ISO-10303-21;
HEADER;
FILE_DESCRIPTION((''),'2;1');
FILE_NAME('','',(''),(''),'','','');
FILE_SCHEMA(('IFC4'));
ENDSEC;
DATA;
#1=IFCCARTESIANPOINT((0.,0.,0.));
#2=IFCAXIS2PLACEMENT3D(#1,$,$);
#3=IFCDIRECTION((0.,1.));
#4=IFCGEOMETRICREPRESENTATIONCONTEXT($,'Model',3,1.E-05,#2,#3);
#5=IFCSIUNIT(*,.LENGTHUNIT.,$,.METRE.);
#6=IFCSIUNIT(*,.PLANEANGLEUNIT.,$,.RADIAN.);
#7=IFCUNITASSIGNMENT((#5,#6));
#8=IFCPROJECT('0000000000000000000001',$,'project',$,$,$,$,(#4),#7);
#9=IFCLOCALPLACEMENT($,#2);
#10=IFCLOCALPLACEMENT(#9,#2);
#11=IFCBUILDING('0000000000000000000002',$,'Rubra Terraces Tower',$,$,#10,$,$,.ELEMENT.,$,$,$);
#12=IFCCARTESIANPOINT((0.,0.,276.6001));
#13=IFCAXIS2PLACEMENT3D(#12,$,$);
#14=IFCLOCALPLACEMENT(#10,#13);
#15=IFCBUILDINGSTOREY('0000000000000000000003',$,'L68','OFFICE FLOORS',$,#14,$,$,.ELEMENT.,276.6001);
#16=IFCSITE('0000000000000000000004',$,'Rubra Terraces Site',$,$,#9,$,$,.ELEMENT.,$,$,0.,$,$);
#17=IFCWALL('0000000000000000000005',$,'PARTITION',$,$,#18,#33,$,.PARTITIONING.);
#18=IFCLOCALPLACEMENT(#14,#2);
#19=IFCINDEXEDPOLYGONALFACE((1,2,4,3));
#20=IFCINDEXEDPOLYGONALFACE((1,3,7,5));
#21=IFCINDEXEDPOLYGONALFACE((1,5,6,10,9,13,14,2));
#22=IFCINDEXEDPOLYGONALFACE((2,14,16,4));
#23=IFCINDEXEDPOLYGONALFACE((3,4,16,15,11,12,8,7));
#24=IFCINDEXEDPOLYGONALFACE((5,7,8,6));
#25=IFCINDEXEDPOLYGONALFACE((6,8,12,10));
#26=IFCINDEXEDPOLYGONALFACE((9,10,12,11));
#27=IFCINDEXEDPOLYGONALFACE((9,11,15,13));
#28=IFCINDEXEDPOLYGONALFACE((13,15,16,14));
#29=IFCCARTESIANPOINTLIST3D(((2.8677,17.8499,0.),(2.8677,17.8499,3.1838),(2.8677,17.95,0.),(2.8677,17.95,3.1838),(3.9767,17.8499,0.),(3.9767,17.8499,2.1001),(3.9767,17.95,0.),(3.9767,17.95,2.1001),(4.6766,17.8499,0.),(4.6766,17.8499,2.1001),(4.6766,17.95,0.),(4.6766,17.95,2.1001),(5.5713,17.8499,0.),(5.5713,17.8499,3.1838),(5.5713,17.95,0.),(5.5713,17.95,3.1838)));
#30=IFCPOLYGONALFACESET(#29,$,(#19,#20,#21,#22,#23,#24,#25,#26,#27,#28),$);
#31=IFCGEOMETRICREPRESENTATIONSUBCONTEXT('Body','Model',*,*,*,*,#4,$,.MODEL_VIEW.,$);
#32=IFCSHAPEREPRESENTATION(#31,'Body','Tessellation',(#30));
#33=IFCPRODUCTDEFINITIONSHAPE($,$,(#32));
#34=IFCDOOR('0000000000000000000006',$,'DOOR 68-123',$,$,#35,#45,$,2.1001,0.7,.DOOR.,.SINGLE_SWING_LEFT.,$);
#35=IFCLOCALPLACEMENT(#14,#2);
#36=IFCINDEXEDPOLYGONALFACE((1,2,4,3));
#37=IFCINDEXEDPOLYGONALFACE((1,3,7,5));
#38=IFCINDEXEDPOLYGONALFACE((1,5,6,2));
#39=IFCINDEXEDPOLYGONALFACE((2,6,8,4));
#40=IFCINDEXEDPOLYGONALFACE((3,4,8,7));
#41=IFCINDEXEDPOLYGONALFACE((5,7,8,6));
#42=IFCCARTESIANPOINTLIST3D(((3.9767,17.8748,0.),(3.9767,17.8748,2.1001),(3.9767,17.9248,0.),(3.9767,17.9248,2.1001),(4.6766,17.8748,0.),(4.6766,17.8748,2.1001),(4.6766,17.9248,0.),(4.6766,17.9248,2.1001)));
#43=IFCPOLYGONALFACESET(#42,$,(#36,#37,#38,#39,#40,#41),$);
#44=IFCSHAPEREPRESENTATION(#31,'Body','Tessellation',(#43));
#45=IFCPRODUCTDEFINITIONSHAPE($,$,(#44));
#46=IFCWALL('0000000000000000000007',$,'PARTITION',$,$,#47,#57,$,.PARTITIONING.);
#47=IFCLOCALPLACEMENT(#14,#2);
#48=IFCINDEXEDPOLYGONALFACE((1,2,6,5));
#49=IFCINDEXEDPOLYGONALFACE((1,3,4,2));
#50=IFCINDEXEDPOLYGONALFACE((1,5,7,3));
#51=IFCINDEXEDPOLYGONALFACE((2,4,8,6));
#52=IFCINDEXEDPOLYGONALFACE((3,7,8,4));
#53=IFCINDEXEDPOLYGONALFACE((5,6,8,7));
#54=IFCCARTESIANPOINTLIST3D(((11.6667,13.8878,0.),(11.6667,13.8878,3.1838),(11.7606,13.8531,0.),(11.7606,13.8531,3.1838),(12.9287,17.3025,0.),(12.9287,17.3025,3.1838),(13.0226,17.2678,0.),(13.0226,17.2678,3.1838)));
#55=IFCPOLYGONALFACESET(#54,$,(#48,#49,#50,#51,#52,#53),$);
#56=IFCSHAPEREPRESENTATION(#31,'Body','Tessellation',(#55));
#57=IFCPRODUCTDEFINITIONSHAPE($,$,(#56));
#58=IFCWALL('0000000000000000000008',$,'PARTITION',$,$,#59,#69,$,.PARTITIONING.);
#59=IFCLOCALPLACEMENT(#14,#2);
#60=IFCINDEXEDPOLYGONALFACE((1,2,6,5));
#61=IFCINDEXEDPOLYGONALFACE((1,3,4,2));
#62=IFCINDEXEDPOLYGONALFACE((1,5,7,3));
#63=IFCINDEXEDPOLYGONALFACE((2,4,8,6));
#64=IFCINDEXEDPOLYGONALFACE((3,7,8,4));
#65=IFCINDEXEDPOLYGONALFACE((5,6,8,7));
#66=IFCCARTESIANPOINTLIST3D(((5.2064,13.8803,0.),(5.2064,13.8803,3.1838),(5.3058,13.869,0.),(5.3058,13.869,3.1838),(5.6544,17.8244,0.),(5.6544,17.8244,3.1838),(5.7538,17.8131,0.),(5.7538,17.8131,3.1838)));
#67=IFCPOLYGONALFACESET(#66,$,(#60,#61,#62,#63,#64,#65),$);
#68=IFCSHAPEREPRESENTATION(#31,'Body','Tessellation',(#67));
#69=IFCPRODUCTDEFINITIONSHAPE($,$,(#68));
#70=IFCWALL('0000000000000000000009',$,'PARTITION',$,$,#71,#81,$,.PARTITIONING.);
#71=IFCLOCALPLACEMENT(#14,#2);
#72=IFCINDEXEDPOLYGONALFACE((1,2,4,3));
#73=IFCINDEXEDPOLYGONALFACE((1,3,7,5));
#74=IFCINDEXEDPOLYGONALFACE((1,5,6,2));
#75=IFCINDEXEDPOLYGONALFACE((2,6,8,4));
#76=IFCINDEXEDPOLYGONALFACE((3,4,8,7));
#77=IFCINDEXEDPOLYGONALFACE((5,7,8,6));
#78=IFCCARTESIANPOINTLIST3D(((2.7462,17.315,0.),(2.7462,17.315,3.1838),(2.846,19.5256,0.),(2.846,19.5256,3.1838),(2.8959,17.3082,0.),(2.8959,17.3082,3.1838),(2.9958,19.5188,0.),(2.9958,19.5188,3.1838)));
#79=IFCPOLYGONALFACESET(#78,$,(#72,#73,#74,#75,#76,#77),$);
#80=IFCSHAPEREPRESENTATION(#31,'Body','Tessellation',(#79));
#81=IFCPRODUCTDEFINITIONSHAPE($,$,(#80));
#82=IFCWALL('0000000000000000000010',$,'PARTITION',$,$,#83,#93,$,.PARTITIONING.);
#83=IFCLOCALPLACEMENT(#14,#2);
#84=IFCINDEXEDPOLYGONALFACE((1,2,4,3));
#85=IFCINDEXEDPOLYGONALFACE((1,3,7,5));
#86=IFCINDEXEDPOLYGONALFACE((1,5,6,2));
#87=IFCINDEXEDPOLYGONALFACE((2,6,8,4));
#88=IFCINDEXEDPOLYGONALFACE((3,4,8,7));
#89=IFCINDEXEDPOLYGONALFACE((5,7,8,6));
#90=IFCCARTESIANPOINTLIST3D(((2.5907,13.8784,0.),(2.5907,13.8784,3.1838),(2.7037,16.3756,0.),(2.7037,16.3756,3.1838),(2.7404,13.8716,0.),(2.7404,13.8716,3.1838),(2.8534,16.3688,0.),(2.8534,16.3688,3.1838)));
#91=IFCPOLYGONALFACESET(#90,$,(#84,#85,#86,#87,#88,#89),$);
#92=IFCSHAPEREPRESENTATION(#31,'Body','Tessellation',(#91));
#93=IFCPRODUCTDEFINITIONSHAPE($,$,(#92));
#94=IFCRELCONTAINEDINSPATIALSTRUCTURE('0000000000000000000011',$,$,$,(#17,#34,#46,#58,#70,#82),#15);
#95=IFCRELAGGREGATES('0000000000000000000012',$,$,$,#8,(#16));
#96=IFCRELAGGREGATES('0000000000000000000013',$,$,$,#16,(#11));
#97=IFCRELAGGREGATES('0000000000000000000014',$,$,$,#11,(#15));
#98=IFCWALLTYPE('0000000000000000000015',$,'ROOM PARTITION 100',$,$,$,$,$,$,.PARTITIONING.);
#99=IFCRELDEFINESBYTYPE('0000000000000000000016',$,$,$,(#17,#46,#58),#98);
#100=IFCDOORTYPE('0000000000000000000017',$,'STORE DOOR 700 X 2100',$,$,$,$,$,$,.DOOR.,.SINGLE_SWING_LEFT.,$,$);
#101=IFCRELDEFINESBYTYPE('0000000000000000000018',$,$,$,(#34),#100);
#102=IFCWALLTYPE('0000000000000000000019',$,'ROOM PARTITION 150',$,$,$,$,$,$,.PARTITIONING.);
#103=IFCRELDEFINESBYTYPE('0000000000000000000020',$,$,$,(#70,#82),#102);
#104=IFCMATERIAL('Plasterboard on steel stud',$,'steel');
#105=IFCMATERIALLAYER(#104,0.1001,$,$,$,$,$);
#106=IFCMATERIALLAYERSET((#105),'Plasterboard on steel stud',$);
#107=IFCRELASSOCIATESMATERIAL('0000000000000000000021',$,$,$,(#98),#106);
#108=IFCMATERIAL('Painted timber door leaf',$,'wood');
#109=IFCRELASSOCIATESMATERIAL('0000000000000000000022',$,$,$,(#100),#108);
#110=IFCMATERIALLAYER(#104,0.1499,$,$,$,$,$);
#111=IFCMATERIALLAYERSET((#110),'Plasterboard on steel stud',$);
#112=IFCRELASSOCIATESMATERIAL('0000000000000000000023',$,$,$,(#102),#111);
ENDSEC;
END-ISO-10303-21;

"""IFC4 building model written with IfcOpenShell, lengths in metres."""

from ifc_helpers import new_model, si_unit, direction, frame, frame_2d, origin, place, context, subcontext, project, spatial, rectangle, extrude, material, layer, layer_set, type_object, element, fill, save


model = new_model("IFC4")

# Units and contexts
model_context = context("Model", 3, precision=1e-05, world=origin(), true_north=direction((0.0, 1.0)))
body_context = subcontext(model_context, "Body", "Model", "MODEL_VIEW")
ifc_project = project(units=[si_unit("LENGTHUNIT", "METRE"), si_unit("PLANEANGLEUNIT", "RADIAN")], contexts=[model_context])

# Site, building, storey
site_placement = place(None, origin())
site = spatial("IfcSite", under=ifc_project, at=site_placement, Name="Rubra Terraces Site", CompositionType="ELEMENT", RefElevation=0.0)
building_placement = place(site_placement, origin())
building = spatial("IfcBuilding", under=site, at=building_placement, Name="Rubra Terraces Tower", CompositionType="ELEMENT")
storey_placement = place(building_placement, frame((0.0, 0.0, 276.6001)))
storey = spatial("IfcBuildingStorey", under=building, at=storey_placement, Name="L68", Description="OFFICE FLOORS", CompositionType="ELEMENT", Elevation=276.6001)

# Wall, opening, door
ifc_material_1 = material(Name="Plasterboard on steel stud", Category="steel")
ifc_layer_1 = layer(ifc_material_1, 0.1001)
ifc_layer_set_1 = layer_set([ifc_layer_1], Name="Plasterboard on steel stud")
wall_type_1 = type_object("IfcWallType", Name="ROOM PARTITION 100", PredefinedType="PARTITIONING", material=ifc_layer_set_1)
wall_1_placement = place(storey_placement, frame((2.8677, 17.8999, 0.0), z_axis=(0.0, 0.0, 1.0), x_axis=(1.0, 0.0, 0.0)))
wall_1 = element("IfcWall", 1, at=wall_1_placement, inside=storey, type_object=wall_type_1, Name="PARTITION", PredefinedType="PARTITIONING", context=body_context, shape_type="SweptSolid", body=[
    extrude(rectangle(XDim=2.7036, YDim=0.1001, at=frame_2d((1.3518, 0.0))), origin(), (0.0, 0.0, 1.0), 3.1838),
])
opening_1_placement = place(wall_1_placement, frame((1.1089, 0.0, 0.0)))
opening_1 = element("IfcOpeningElement", 2, at=opening_1_placement, cuts=wall_1, PredefinedType="OPENING", context=body_context, shape_type="SweptSolid", body=[
    extrude(rectangle(XDim=0.7, YDim=2.1001, at=frame_2d((0.3501, 1.05))), frame((0.0, 0.0601, 0.0), z_axis=(0.0, -1.0, 0.0), x_axis=(1.0, 0.0, 0.0)), (0.0, 0.0, 1.0), 0.1201),
])
ifc_material_2 = material(Name="Painted timber door leaf", Category="wood")
door_type = type_object("IfcDoorType", Name="STORE DOOR 700 X 2100", OperationType="SINGLE_SWING_LEFT", PredefinedType="DOOR", material=ifc_material_2)
door_placement = place(opening_1_placement, origin())
door = element("IfcDoor", 3, at=door_placement, inside=storey, type_object=door_type, Name="DOOR 68-123", OperationType="SINGLE_SWING_LEFT", OverallHeight=2.1001, OverallWidth=0.7, PredefinedType="DOOR", context=body_context, shape_type="SweptSolid", body=[
    extrude(rectangle(XDim=0.7, YDim=2.1001, at=frame_2d((0.3501, 1.05))), frame((0.0, 0.0249, 0.0), z_axis=(0.0, -1.0, 0.0), x_axis=(1.0, 0.0, 0.0)), (0.0, 0.0, 1.0), 0.05),
])
fill(opening_1, door)

# Walls
wall_2_placement = place(storey_placement, frame((11.7136, 13.8704, 0.0), z_axis=(0.0, 0.0, 1.0), x_axis=(0.346666, 0.937989, 0.0)))
element("IfcWall", 4, at=wall_2_placement, inside=storey, type_object=wall_type_1, Name="PARTITION", PredefinedType="PARTITIONING", context=body_context, shape_type="SweptSolid", body=[
    extrude(rectangle(XDim=3.6404, YDim=0.1001, at=frame_2d((1.8203, 0.0))), origin(), (0.0, 0.0, 1.0), 3.1838),
])
wall_3_placement = place(storey_placement, frame((5.2561, 13.8745, 0.0), z_axis=(0.0, 0.0, 1.0), x_axis=(0.112861, 0.993611, 0.0)))
element("IfcWall", 5, at=wall_3_placement, inside=storey, type_object=wall_type_1, Name="PARTITION", PredefinedType="PARTITIONING", context=body_context, shape_type="SweptSolid", body=[
    extrude(rectangle(XDim=3.9695, YDim=0.1001, at=frame_2d((1.9849, 0.0))), origin(), (0.0, 0.0, 1.0), 3.1838),
])
ifc_layer_2 = layer(ifc_material_1, 0.1499)
ifc_layer_set_2 = layer_set([ifc_layer_2], Name="Plasterboard on steel stud")
wall_type_2 = type_object("IfcWallType", Name="ROOM PARTITION 150", PredefinedType="PARTITIONING", material=ifc_layer_set_2)
wall_4_placement = place(storey_placement, frame((2.9209, 19.5222, 0.0), z_axis=(0.0, 0.0, 1.0), x_axis=(-0.045122, -0.998981, 0.0)))
element("IfcWall", 6, at=wall_4_placement, inside=storey, type_object=wall_type_2, Name="PARTITION", PredefinedType="PARTITIONING", context=body_context, shape_type="SweptSolid", body=[
    extrude(rectangle(XDim=2.2129, YDim=0.1499, at=frame_2d((1.1064, 0.0))), origin(), (0.0, 0.0, 1.0), 3.1838),
])
wall_5_placement = place(storey_placement, frame((2.7786, 16.3723, 0.0), z_axis=(0.0, 0.0, 1.0), x_axis=(-0.045217, -0.998977, 0.0)))
element("IfcWall", 7, at=wall_5_placement, inside=storey, type_object=wall_type_2, Name="PARTITION", PredefinedType="PARTITIONING", context=body_context, shape_type="SweptSolid", body=[
    extrude(rectangle(XDim=2.4998, YDim=0.1499, at=frame_2d((1.25, 0.0))), origin(), (0.0, 0.0, 1.0), 3.1838),
])

save(model, "model.ifc")
